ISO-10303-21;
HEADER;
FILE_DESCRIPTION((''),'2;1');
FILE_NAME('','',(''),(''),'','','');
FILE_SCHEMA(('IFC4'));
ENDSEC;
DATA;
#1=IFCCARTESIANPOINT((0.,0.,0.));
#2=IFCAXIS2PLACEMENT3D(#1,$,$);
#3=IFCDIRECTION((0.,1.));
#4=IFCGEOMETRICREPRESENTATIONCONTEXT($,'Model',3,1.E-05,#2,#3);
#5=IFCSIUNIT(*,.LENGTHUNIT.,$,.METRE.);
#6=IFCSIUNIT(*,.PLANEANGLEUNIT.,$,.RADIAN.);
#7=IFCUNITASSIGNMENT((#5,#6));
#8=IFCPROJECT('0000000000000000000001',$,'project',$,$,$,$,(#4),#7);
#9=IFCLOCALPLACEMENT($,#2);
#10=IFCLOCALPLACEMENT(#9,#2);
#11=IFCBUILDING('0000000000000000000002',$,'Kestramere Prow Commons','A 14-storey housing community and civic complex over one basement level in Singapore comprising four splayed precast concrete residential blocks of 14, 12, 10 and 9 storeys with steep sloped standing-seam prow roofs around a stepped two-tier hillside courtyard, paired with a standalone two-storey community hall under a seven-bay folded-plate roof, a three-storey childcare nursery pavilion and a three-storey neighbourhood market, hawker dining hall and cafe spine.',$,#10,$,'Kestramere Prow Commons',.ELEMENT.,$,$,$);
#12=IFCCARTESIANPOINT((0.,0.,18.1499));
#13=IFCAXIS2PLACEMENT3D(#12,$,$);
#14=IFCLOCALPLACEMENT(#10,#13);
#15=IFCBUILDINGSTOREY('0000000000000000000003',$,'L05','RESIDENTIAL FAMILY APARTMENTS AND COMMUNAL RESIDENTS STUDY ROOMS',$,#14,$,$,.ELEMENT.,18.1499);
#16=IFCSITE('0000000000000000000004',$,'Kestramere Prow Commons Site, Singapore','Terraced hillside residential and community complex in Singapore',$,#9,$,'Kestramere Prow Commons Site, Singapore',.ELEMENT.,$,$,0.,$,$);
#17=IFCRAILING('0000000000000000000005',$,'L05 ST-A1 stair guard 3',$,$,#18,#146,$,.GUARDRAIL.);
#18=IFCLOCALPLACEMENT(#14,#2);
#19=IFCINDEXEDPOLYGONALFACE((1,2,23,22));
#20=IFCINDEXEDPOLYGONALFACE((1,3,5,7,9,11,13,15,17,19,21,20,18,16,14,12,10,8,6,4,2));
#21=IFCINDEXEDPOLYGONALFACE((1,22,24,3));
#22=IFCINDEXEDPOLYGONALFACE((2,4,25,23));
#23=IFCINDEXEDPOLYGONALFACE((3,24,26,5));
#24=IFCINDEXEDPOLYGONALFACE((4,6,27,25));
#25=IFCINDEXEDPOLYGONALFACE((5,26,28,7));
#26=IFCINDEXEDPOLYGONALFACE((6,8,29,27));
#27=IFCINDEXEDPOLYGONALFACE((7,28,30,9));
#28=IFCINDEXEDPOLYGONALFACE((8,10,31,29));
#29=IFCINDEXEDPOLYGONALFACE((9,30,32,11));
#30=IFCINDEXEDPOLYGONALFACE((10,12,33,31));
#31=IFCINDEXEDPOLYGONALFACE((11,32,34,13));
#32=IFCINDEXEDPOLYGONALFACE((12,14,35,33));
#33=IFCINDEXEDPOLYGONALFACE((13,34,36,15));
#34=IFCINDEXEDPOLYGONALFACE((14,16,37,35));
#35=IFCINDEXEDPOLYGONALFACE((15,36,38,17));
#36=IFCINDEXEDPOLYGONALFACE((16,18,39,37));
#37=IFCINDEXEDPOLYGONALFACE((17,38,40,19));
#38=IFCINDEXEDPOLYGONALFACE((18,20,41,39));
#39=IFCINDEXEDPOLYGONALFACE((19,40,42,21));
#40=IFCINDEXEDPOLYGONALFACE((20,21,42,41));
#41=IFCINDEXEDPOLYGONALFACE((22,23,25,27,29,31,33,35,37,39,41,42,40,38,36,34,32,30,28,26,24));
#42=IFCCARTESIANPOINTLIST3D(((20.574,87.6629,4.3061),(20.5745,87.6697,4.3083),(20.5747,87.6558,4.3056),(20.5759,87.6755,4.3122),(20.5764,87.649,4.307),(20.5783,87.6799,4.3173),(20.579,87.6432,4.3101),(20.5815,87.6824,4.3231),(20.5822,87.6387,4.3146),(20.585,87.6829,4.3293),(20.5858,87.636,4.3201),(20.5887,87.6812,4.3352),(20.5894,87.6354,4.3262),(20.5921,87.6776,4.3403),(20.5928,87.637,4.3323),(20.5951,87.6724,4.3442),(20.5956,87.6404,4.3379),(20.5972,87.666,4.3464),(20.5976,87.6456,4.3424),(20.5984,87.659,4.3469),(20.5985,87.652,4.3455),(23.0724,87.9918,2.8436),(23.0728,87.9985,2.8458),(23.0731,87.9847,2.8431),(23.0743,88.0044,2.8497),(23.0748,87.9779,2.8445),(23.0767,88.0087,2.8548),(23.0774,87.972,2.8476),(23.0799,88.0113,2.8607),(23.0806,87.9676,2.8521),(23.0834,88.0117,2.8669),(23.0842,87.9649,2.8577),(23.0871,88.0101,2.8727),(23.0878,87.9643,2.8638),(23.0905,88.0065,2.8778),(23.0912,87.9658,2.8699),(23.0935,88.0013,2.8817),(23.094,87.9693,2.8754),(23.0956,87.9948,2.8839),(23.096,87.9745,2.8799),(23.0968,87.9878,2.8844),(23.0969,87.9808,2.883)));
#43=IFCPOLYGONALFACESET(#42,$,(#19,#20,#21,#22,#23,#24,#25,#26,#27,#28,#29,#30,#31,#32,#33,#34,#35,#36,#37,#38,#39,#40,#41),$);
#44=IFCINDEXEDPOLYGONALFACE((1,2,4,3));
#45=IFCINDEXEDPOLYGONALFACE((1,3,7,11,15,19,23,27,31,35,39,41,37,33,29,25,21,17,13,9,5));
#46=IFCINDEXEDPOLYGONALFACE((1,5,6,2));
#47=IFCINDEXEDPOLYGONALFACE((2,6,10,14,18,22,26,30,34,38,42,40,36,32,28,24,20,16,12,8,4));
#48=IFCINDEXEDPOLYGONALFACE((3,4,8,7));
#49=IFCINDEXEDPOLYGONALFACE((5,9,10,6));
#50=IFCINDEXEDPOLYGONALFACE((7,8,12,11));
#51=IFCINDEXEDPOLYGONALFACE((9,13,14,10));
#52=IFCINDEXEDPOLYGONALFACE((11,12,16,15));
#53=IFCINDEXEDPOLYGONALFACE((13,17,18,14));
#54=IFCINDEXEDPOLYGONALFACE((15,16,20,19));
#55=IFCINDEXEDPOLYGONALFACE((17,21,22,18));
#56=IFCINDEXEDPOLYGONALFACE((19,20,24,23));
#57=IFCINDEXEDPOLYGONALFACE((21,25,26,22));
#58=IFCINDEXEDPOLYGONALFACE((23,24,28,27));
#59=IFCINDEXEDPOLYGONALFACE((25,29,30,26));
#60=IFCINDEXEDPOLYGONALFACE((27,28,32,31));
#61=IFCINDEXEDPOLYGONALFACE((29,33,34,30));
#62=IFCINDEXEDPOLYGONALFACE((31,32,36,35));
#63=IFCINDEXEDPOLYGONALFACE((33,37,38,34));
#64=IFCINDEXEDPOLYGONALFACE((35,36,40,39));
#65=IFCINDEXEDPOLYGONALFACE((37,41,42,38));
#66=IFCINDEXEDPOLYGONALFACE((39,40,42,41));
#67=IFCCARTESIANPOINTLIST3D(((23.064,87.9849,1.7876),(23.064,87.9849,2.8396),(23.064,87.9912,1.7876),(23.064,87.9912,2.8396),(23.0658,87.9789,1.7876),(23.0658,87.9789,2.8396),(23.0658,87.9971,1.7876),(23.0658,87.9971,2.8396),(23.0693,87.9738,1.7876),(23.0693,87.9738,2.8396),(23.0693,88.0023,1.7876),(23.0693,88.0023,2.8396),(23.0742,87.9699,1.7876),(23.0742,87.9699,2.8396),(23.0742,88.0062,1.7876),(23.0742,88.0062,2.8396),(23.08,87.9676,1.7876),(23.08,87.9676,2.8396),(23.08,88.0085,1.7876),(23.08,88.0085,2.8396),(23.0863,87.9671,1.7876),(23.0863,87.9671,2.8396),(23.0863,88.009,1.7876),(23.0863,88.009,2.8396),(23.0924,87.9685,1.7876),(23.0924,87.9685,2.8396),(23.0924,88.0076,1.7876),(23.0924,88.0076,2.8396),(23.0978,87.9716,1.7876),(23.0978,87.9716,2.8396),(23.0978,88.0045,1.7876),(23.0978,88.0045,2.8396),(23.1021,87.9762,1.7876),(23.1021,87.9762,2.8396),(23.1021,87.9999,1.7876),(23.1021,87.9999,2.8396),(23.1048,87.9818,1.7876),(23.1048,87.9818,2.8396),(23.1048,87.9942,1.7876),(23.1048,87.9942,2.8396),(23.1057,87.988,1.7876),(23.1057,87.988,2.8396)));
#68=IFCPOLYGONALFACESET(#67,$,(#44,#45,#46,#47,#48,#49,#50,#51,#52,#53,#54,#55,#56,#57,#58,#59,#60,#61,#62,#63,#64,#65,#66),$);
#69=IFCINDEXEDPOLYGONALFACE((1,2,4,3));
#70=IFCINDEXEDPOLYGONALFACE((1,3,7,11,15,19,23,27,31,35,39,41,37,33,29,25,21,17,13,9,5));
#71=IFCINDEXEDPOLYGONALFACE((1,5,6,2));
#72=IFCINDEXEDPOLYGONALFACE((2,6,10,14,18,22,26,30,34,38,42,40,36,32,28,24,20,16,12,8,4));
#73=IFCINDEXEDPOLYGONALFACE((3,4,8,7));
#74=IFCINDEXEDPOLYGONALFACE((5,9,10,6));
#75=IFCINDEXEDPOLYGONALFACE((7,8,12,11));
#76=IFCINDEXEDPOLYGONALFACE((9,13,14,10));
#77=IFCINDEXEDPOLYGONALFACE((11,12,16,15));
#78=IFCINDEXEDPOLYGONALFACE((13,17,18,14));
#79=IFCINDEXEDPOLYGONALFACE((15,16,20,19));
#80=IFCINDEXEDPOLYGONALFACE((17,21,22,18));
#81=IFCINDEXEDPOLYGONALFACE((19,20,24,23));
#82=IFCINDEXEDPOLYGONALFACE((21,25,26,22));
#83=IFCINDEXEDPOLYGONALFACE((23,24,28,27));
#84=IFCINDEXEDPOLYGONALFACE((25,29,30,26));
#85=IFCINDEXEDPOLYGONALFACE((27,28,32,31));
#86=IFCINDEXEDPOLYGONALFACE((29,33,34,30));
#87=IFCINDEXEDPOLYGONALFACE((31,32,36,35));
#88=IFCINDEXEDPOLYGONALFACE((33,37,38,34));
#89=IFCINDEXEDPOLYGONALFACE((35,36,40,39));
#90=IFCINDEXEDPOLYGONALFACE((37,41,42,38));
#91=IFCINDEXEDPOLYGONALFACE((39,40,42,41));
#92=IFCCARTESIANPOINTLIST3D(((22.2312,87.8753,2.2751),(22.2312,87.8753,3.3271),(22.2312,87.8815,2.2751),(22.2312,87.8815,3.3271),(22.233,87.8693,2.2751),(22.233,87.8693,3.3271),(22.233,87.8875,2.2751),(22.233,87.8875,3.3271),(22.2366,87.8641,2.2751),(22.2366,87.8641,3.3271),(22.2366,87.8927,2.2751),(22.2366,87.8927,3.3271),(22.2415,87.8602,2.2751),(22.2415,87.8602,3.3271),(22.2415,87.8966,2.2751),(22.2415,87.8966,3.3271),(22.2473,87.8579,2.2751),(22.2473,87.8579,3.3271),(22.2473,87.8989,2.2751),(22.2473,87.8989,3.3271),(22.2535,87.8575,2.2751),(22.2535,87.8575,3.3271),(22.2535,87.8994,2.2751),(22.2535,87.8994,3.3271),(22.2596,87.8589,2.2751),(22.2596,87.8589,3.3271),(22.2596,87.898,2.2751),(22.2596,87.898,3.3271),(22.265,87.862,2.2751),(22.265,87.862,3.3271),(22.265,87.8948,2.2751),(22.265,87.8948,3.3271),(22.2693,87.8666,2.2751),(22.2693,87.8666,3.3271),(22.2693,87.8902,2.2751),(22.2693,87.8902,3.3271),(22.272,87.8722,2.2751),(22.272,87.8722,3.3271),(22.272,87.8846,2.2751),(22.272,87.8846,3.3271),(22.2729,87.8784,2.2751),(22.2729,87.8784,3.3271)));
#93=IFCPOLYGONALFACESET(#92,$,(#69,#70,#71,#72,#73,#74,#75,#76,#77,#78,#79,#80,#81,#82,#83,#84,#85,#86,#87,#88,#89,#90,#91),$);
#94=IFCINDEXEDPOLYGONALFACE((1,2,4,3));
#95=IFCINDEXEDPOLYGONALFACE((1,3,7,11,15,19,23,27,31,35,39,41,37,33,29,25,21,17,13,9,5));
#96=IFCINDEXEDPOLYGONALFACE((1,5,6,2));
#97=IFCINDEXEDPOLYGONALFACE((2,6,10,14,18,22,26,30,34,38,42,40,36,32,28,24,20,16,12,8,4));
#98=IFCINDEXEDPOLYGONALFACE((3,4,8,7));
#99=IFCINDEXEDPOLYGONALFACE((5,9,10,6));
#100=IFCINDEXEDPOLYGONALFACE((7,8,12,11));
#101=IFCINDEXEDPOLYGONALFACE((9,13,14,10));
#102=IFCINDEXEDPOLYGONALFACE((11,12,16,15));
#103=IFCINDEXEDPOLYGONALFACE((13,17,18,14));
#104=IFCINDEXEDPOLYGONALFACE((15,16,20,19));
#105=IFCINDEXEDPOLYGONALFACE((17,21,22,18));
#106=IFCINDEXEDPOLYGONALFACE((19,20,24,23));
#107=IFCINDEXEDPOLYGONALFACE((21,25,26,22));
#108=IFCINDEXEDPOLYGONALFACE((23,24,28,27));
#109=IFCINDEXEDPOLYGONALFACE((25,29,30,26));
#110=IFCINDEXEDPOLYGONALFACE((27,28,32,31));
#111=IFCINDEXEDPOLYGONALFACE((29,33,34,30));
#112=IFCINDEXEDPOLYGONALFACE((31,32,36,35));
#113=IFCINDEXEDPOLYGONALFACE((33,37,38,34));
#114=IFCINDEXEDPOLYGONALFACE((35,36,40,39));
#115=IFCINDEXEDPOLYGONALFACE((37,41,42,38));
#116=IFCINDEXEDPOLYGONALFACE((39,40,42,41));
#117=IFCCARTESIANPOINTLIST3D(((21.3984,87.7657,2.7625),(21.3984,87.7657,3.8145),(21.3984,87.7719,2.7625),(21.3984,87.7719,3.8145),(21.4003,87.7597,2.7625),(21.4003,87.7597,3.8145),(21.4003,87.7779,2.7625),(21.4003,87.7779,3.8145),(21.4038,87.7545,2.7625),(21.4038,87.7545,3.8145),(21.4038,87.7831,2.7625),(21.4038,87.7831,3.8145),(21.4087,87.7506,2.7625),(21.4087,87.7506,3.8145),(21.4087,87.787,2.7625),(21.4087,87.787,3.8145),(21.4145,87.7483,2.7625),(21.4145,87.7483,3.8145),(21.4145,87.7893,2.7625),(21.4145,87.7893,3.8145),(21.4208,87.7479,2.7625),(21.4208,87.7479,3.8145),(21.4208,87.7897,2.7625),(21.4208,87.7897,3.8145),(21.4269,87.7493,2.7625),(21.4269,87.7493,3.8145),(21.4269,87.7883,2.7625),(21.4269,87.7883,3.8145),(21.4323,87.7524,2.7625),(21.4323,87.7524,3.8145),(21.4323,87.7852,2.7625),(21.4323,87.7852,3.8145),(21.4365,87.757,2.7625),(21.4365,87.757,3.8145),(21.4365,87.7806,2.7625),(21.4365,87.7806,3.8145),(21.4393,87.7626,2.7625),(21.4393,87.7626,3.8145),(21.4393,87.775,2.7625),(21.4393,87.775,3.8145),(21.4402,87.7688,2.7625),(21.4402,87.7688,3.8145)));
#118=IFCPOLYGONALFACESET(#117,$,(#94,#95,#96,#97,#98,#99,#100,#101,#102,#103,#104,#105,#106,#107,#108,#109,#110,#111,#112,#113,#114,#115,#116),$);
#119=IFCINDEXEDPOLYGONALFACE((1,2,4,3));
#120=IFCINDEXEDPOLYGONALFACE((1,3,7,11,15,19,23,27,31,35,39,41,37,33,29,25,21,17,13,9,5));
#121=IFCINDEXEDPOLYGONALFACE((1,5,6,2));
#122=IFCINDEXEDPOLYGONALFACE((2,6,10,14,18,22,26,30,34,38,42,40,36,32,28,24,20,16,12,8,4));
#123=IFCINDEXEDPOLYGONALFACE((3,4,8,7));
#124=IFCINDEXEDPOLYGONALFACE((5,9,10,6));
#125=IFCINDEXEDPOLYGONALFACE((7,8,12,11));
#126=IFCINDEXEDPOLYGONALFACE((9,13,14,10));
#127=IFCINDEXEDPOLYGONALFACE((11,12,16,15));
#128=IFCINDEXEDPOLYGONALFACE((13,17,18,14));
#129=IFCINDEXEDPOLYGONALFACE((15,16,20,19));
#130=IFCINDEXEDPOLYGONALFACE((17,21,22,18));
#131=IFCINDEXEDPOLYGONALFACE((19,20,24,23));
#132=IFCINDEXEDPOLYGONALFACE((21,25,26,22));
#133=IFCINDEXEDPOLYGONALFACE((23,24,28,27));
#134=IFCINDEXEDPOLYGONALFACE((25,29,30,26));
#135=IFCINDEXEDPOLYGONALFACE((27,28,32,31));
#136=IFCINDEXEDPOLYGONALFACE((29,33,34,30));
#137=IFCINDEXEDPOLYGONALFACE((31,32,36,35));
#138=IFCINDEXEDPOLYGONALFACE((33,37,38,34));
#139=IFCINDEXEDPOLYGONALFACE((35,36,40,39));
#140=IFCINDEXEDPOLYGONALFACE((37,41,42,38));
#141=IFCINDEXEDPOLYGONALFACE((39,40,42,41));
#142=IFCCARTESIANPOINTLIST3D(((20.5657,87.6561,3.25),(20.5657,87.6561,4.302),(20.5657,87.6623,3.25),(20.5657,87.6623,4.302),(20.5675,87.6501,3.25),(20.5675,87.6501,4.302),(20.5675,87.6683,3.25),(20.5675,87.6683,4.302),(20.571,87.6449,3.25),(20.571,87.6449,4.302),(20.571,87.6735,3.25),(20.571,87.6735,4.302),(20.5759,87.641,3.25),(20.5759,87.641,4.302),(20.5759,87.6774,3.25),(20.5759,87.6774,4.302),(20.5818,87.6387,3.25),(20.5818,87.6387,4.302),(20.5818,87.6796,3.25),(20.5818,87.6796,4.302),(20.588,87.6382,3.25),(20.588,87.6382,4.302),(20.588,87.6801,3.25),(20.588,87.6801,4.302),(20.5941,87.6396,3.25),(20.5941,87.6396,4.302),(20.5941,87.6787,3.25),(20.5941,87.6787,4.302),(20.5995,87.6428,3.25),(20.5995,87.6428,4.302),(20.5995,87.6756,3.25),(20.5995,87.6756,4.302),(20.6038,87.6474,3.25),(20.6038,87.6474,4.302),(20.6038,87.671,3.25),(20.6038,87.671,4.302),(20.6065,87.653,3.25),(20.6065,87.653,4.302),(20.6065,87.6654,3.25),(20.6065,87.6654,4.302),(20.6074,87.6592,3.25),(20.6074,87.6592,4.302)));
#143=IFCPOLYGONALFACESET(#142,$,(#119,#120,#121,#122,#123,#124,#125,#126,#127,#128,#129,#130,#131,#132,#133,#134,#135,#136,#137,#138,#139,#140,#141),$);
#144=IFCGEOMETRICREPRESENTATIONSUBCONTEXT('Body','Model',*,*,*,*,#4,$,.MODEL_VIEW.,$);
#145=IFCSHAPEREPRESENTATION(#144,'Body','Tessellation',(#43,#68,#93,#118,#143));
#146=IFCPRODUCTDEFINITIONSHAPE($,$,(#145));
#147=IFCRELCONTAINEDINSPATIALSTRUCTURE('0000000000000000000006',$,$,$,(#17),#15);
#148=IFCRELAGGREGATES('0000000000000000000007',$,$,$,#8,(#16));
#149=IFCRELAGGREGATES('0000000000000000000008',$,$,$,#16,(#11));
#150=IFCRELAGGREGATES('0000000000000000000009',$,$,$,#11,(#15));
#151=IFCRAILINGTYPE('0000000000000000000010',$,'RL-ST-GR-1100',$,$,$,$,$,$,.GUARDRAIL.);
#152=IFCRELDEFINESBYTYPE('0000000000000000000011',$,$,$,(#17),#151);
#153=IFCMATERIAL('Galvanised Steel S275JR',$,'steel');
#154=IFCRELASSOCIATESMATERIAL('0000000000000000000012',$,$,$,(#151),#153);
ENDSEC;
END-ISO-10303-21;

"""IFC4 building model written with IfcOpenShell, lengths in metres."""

from ifc_helpers import new_model, si_unit, direction, frame, origin, origin_2d, place, context, subcontext, project, spatial, circle, extrude, material, type_object, element, save


model = new_model("IFC4")

# Units and contexts
model_context = context("Model", 3, precision=1e-05, world=origin(), true_north=direction((0.0, 1.0)))
body_context = subcontext(model_context, "Body", "Model", "MODEL_VIEW")
ifc_project = project(units=[si_unit("LENGTHUNIT", "METRE"), si_unit("PLANEANGLEUNIT", "RADIAN")], contexts=[model_context])

# Site, building, storey
site_placement = place(None, origin())
site = spatial("IfcSite", under=ifc_project, at=site_placement, Name="Kestramere Prow Commons Site, Singapore", Description="Terraced hillside residential and community complex in Singapore", LongName="Kestramere Prow Commons Site, Singapore", CompositionType="ELEMENT", RefElevation=0.0)
building_placement = place(site_placement, origin())
building = spatial("IfcBuilding", under=site, at=building_placement, Name="Kestramere Prow Commons", Description="A 14-storey housing community and civic complex over one basement level in Singapore comprising four splayed precast concrete residential blocks of 14, 12, 10 and 9 storeys with steep sloped standing-seam prow roofs around a stepped two-tier hillside courtyard, paired with a standalone two-storey community hall under a seven-bay folded-plate roof, a three-storey childcare nursery pavilion and a three-storey neighbourhood market, hawker dining hall and cafe spine.", LongName="Kestramere Prow Commons", CompositionType="ELEMENT")
storey_placement = place(building_placement, frame((0.0, 0.0, 18.1499)))
storey = spatial("IfcBuildingStorey", under=building, at=storey_placement, Name="L05", Description="RESIDENTIAL FAMILY APARTMENTS AND COMMUNAL RESIDENTS STUDY ROOMS", CompositionType="ELEMENT", Elevation=18.1499)

# Railing
ifc_material_1 = material(Name="Galvanised Steel S275JR", Category="steel")
railing_type_1 = type_object("IfcRailingType", Name="RL-ST-GR-1100", PredefinedType="GUARDRAIL", material=ifc_material_1)
railing_1_placement = place(storey_placement, frame((23.0847, 87.988, 1.7876)))
element("IfcRailing", 1, at=railing_1_placement, inside=storey, type_object=railing_type_1, Name="L05 ST-A1 stair guard 3", PredefinedType="GUARDRAIL", context=body_context, shape_type="SweptSolid", body=[
    extrude(circle(Radius=0.0239, at=origin_2d()), frame((0.0, 0.0, 1.0762), z_axis=(-0.857501, -0.112875, 0.501948), x_axis=(0.130507, -0.991447, 0.0)), (0.0, 0.0, 1.0), 2.9136),
    extrude(circle(Radius=0.021, at=origin_2d()), origin(), (0.0, 0.0, 1.0), 1.052),
    extrude(circle(Radius=0.021, at=origin_2d()), frame((-0.8328, -0.1096, 0.4875)), (0.0, 0.0, 1.0), 1.052),
    extrude(circle(Radius=0.021, at=origin_2d()), frame((-1.6655, -0.2192, 0.9749)), (0.0, 0.0, 1.0), 1.052),
    extrude(circle(Radius=0.021, at=origin_2d()), frame((-2.4983, -0.3289, 1.4624)), (0.0, 0.0, 1.0), 1.052),
])

save(model, "model.ifc")
